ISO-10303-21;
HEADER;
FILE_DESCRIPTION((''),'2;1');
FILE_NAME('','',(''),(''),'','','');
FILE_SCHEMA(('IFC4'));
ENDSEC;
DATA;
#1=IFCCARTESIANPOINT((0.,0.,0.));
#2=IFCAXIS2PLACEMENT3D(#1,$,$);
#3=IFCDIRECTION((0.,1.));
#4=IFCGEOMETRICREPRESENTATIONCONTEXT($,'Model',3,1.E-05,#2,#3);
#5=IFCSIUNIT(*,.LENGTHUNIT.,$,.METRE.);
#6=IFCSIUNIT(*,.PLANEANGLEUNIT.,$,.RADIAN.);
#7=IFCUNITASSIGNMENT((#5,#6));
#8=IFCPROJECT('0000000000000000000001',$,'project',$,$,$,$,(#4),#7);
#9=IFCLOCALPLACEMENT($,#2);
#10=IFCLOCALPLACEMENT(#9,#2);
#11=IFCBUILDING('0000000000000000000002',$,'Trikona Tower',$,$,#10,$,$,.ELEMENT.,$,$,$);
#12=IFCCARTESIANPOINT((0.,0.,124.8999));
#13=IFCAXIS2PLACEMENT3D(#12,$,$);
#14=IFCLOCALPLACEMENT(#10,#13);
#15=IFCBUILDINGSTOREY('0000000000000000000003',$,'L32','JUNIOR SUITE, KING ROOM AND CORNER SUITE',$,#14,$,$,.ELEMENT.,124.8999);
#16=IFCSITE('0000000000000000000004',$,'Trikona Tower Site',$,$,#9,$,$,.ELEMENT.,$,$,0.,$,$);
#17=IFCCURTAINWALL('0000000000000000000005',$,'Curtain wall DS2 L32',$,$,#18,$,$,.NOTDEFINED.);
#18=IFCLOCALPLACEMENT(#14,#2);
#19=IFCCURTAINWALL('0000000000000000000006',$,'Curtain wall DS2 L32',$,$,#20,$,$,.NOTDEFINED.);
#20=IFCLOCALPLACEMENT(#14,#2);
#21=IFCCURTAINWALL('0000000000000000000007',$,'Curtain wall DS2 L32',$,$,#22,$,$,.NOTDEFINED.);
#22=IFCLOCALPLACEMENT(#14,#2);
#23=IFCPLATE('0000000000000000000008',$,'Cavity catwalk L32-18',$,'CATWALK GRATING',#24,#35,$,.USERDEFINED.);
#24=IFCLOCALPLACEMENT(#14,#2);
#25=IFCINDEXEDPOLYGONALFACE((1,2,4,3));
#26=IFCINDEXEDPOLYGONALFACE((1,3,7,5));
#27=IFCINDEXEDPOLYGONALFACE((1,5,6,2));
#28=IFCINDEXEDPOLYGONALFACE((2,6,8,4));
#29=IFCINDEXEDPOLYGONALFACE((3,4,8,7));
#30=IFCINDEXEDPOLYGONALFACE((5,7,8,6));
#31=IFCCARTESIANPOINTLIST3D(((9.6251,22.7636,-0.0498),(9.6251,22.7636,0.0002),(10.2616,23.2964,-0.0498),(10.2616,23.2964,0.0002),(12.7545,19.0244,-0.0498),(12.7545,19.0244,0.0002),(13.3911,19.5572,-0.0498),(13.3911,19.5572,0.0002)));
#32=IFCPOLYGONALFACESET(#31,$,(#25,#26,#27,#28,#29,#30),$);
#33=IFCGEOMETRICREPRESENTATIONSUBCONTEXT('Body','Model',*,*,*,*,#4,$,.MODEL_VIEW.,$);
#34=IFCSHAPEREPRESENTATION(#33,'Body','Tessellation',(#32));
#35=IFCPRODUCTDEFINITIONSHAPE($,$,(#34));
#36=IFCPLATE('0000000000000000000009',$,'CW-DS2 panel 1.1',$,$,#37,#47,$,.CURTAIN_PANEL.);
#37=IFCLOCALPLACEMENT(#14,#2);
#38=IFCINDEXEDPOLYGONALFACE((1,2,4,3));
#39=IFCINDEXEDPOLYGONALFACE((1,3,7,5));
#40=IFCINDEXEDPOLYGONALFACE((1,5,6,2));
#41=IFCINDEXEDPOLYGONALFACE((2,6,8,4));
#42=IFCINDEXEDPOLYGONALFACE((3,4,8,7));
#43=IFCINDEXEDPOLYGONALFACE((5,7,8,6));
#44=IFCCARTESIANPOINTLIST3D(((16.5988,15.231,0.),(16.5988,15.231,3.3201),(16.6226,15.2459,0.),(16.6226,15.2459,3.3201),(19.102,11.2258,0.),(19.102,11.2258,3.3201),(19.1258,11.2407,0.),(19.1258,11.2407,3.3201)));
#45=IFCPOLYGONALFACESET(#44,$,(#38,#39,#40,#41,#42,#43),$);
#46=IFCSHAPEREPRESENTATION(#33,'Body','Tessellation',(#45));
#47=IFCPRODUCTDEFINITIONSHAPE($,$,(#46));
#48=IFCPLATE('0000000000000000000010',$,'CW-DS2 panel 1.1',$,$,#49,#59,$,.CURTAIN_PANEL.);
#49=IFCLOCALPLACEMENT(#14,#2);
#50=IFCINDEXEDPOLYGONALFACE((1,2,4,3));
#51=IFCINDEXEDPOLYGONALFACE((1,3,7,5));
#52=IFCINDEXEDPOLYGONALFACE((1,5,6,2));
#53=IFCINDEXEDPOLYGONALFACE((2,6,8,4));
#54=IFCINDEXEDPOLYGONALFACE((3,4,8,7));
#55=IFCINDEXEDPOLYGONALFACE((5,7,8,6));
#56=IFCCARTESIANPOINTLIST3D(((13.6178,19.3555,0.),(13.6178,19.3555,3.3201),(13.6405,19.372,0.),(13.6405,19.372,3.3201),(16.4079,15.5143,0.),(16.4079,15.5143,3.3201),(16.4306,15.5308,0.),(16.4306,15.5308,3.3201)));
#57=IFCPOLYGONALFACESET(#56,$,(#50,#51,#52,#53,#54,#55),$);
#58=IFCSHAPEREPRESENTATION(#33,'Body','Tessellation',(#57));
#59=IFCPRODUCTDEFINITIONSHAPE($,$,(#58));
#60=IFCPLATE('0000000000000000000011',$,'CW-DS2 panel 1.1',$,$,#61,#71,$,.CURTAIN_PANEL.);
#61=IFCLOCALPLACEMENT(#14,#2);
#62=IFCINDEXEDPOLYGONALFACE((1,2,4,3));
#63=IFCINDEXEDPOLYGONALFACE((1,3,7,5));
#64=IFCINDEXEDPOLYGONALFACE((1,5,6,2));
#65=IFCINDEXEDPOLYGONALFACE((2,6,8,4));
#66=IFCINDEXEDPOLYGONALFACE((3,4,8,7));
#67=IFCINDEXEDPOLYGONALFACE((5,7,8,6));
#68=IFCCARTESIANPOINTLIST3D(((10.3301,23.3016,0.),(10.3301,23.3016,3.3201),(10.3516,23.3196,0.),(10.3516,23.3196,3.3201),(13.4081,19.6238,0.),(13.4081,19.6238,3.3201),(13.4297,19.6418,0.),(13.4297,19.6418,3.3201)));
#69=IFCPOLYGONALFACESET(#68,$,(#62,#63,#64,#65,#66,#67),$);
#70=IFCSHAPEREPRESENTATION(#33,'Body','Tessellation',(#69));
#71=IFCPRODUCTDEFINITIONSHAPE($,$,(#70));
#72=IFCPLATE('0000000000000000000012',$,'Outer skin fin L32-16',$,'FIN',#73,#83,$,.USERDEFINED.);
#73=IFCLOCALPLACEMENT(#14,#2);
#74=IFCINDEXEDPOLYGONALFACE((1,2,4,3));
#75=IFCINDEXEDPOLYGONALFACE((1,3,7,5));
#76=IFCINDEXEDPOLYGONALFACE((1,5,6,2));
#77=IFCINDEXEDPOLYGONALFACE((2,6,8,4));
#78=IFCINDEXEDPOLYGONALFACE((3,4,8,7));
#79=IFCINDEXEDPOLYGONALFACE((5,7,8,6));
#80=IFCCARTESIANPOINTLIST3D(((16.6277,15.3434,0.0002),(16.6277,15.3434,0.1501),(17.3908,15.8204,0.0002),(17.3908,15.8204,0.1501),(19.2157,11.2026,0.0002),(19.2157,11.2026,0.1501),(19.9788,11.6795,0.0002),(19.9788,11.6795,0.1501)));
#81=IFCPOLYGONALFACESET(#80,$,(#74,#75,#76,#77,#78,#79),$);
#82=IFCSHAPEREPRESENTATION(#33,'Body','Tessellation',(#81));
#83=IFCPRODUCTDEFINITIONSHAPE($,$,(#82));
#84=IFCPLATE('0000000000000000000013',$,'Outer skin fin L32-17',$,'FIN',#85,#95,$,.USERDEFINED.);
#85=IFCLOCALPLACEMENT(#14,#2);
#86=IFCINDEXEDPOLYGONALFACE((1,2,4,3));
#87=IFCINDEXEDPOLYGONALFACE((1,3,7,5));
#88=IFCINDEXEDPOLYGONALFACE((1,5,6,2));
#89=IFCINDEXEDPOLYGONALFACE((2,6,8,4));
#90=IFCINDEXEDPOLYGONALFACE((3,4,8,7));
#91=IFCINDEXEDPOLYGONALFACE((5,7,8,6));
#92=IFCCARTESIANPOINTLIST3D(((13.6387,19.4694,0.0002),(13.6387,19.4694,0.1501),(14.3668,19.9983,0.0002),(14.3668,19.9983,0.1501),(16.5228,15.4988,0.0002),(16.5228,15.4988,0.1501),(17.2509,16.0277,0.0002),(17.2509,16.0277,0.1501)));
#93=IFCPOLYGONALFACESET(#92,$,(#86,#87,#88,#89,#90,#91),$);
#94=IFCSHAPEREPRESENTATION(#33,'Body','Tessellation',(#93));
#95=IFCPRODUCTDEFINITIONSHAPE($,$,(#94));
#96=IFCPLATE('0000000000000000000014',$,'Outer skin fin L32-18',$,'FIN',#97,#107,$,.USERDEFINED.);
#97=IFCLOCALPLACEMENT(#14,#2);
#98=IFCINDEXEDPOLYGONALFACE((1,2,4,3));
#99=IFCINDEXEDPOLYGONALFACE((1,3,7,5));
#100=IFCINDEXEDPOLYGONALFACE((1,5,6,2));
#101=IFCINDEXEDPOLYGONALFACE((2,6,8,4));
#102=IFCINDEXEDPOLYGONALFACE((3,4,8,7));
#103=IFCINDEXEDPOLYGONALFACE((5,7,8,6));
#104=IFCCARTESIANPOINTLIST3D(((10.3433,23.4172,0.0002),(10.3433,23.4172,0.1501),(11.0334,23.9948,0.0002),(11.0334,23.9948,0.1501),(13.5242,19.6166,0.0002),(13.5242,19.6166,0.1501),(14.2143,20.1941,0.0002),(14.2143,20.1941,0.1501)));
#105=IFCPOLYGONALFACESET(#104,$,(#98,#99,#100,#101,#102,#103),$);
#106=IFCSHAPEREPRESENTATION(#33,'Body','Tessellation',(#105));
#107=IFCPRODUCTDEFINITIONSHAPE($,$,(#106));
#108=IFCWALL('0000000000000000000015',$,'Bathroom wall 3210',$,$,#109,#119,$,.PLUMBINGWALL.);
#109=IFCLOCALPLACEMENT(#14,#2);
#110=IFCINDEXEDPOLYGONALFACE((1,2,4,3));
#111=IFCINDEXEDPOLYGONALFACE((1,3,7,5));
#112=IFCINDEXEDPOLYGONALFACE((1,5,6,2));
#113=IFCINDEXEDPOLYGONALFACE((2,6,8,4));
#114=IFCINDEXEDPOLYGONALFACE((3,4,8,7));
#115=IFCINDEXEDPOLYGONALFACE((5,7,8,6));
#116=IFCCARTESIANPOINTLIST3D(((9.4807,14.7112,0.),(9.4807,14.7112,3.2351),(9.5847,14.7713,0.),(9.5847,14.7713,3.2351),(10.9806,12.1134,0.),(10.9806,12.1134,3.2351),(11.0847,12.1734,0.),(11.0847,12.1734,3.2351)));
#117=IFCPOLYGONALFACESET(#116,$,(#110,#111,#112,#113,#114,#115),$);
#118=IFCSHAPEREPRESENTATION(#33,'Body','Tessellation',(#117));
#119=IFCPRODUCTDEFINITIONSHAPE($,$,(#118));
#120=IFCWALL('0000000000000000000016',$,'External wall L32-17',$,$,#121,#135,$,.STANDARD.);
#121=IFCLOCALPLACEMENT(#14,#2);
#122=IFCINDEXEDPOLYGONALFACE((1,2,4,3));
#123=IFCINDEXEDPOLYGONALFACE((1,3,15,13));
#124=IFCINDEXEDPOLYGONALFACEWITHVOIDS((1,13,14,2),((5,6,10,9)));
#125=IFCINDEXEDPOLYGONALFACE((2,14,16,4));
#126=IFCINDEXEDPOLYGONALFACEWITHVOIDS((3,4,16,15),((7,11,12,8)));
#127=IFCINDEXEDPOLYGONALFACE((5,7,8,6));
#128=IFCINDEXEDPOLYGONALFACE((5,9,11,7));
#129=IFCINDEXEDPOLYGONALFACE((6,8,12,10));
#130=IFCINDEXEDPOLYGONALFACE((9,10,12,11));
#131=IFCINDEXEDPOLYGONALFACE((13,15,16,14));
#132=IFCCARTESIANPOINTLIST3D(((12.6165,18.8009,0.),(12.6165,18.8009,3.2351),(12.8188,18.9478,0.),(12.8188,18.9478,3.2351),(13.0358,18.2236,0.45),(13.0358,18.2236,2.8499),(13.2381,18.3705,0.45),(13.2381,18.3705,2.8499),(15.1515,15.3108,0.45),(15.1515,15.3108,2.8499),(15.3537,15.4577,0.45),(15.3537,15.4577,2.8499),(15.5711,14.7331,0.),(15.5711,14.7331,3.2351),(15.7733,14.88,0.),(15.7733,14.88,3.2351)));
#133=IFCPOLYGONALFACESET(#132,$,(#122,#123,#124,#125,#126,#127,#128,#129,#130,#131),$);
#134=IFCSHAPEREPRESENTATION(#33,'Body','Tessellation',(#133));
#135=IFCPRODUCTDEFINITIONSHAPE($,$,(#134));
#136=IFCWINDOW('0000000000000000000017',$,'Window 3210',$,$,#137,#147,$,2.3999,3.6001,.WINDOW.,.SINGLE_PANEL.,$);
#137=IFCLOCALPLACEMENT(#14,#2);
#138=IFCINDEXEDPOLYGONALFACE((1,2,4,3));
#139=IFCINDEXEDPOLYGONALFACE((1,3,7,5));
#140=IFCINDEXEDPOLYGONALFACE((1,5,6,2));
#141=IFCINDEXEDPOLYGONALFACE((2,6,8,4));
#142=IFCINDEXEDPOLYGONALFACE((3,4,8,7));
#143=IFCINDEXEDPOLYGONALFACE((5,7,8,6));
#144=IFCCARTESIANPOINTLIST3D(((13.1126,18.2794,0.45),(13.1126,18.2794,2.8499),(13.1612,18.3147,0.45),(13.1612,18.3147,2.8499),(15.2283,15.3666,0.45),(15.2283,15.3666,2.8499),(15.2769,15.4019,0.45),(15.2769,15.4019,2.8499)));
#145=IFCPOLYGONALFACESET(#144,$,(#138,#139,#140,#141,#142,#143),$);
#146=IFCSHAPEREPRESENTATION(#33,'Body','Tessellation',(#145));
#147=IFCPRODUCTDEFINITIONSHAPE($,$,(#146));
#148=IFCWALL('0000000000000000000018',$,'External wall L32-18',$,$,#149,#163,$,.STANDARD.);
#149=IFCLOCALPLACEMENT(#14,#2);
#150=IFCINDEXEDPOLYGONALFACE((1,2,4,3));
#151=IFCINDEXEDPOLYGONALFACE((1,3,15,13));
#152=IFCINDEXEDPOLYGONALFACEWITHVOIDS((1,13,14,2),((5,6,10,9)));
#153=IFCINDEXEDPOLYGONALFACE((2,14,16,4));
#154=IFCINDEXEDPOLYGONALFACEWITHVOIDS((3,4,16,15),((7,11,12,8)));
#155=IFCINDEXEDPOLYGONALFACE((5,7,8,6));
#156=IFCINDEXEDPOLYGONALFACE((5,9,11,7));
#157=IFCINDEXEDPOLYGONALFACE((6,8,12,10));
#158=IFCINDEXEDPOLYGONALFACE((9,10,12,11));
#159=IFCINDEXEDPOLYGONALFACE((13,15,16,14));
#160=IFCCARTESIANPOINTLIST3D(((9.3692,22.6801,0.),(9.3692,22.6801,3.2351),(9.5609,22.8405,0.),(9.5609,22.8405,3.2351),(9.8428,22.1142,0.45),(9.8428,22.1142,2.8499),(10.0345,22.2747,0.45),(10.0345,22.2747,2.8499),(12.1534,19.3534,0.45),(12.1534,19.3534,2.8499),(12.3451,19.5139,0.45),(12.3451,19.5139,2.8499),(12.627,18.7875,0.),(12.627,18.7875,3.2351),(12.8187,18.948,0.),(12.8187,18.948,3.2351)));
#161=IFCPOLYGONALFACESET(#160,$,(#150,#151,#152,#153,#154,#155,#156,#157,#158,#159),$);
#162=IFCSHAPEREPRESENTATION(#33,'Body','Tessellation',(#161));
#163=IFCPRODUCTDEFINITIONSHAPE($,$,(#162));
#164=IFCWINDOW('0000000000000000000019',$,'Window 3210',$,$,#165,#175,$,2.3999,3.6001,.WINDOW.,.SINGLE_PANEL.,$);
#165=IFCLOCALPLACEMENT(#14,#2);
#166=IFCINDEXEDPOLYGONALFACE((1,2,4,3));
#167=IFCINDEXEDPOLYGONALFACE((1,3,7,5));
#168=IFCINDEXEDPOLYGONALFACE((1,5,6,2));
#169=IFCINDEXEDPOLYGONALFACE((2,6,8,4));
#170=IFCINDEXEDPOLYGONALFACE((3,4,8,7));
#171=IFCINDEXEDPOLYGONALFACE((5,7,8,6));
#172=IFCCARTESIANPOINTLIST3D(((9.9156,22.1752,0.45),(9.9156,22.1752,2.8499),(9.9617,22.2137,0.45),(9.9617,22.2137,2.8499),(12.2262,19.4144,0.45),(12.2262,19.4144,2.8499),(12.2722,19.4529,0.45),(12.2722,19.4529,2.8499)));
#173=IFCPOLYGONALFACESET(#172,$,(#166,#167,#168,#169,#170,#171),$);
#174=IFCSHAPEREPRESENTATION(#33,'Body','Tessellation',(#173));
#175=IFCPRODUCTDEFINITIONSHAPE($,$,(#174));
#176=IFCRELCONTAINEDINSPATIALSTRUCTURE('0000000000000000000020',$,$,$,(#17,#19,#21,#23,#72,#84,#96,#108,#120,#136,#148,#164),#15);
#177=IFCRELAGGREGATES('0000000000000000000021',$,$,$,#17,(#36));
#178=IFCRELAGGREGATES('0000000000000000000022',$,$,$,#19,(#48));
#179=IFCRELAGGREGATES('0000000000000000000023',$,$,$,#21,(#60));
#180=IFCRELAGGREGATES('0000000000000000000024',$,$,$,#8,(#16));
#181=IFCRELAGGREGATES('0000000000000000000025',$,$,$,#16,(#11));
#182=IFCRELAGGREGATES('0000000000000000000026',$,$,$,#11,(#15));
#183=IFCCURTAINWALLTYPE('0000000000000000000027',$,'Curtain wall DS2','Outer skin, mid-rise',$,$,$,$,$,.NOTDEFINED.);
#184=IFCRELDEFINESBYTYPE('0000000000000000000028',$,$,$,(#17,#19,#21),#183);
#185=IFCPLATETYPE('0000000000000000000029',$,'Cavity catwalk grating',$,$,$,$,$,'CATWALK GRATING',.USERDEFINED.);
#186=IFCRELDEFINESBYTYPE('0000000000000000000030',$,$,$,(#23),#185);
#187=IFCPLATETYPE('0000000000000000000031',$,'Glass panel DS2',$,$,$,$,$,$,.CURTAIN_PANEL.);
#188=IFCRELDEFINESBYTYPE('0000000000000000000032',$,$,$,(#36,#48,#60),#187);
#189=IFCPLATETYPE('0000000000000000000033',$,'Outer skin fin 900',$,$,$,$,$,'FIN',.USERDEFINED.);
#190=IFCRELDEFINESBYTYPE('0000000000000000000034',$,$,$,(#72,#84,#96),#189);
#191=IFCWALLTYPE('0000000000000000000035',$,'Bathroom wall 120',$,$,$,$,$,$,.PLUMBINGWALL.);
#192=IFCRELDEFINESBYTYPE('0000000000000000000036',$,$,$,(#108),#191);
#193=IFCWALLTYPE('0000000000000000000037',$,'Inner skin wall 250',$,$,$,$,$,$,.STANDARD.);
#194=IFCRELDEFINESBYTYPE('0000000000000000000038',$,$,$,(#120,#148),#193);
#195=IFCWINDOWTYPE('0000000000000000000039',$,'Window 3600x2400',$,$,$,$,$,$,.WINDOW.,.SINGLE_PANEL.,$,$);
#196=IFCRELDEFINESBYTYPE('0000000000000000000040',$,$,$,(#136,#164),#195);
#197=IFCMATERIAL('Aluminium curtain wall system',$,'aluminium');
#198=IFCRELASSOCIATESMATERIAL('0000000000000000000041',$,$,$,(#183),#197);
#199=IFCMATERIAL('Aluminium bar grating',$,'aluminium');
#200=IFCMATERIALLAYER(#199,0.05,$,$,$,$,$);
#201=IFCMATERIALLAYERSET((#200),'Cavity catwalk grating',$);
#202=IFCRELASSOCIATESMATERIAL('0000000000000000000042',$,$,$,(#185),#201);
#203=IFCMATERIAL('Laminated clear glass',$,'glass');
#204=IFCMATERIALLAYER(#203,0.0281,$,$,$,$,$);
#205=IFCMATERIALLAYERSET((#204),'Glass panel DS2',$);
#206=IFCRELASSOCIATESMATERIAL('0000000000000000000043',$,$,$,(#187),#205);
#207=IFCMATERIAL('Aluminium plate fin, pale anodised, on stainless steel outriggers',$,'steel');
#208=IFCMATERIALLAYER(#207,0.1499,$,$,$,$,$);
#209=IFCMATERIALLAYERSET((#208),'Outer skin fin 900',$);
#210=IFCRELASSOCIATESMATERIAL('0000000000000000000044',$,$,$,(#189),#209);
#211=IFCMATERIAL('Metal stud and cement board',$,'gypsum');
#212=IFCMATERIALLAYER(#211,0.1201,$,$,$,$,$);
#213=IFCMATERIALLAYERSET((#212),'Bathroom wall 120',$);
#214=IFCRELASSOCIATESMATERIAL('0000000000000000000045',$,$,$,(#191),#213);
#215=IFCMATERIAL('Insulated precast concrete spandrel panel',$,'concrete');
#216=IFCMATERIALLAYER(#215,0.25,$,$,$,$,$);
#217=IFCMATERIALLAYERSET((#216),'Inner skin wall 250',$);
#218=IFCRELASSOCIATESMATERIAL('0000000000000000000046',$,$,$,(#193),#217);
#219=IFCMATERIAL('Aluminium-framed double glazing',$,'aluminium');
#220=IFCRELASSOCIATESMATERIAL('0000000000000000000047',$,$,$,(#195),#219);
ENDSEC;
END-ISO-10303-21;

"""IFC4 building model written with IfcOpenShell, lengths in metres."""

from ifc_helpers import new_model, si_unit, direction, frame, frame_2d, origin, origin_2d, place, context, subcontext, project, spatial, rectangle, extrude, material, layer, layer_set, type_object, element, fill, aggregate, save


model = new_model("IFC4")

# Units and contexts
model_context = context("Model", 3, precision=1e-05, world=origin(), true_north=direction((0.0, 1.0)))
body_context = subcontext(model_context, "Body", "Model", "MODEL_VIEW")
ifc_project = project(units=[si_unit("LENGTHUNIT", "METRE"), si_unit("PLANEANGLEUNIT", "RADIAN")], contexts=[model_context])

# Site, building, storey
site_placement = place(None, origin())
site = spatial("IfcSite", under=ifc_project, at=site_placement, Name="Trikona Tower Site", CompositionType="ELEMENT", RefElevation=0.0)
building_placement = place(site_placement, origin())
building = spatial("IfcBuilding", under=site, at=building_placement, Name="Trikona Tower", CompositionType="ELEMENT")
storey_placement = place(building_placement, frame((0.0, 0.0, 124.8999)))
storey = spatial("IfcBuildingStorey", under=building, at=storey_placement, Name="L32", Description="JUNIOR SUITE, KING ROOM AND CORNER SUITE", CompositionType="ELEMENT", Elevation=124.8999)

# Curtain walls
ifc_material_1 = material(Name="Aluminium curtain wall system", Category="aluminium")
curtain_wall_type = type_object("IfcCurtainWallType", Name="Curtain wall DS2", Description="Outer skin, mid-rise", PredefinedType="NOTDEFINED", material=ifc_material_1)
curtain_wall_1_placement = place(storey_placement, origin())
curtain_wall_1 = element("IfcCurtainWall", 1, at=curtain_wall_1_placement, inside=storey, type_object=curtain_wall_type, Name="Curtain wall DS2 L32", PredefinedType="NOTDEFINED")
curtain_wall_2_placement = place(storey_placement, origin())
curtain_wall_2 = element("IfcCurtainWall", 2, at=curtain_wall_2_placement, inside=storey, type_object=curtain_wall_type, Name="Curtain wall DS2 L32", PredefinedType="NOTDEFINED")

# Curtain wall
curtain_wall_3_placement = place(storey_placement, origin())
curtain_wall_3 = element("IfcCurtainWall", 3, at=curtain_wall_3_placement, inside=storey, type_object=curtain_wall_type, Name="Curtain wall DS2 L32", PredefinedType="NOTDEFINED")

# Plate
ifc_material_2 = material(Name="Aluminium bar grating", Category="aluminium")
ifc_layer_1 = layer(ifc_material_2, 0.05)
ifc_layer_set_1 = layer_set([ifc_layer_1], Name="Cavity catwalk grating")
plate_type_1 = type_object("IfcPlateType", Name="Cavity catwalk grating", ElementType="CATWALK GRATING", PredefinedType="USERDEFINED", material=ifc_layer_set_1)
plate_1_placement = place(storey_placement, frame((11.5081, 21.1604, -0.0498), z_axis=(0.0, 0.0, 1.0), x_axis=(-0.641807, 0.766866, 0.0)))
element("IfcPlate", 4, at=plate_1_placement, inside=storey, type_object=plate_type_1, Name="Cavity catwalk L32-18", ObjectType="CATWALK GRATING", PredefinedType="USERDEFINED", context=body_context, shape_type="SweptSolid", body=[
    extrude(rectangle(XDim=4.876, YDim=0.8301, at=origin_2d()), origin(), (0.0, 0.0, 1.0), 0.05),
])

# Plates
ifc_material_3 = material(Name="Laminated clear glass", Category="glass")
ifc_layer_2 = layer(ifc_material_3, 0.0281)
ifc_layer_set_2 = layer_set([ifc_layer_2], Name="Glass panel DS2")
plate_type_2 = type_object("IfcPlateType", Name="Glass panel DS2", PredefinedType="CURTAIN_PANEL", material=ifc_layer_set_2)
plate_2_placement = place(storey_placement, frame((17.8623, 13.2358, 0.0), z_axis=(0.0, 0.0, 1.0), x_axis=(-0.529999, 0.847998, 0.0)))
plate_2 = element("IfcPlate", 5, at=plate_2_placement, type_object=plate_type_2, Name="CW-DS2 panel 1.1", PredefinedType="CURTAIN_PANEL", context=body_context, shape_type="SweptSolid", body=[
    extrude(rectangle(XDim=4.7231, YDim=0.0281, at=origin_2d()), origin(), (0.0, 0.0, 1.0), 3.3201),
])
aggregate(curtain_wall_1, [plate_2])
plate_3_placement = place(storey_placement, frame((15.0242, 17.4431, 0.0), z_axis=(0.0, 0.0, 1.0), x_axis=(-0.587691, 0.809086, 0.0)))
plate_3 = element("IfcPlate", 6, at=plate_3_placement, type_object=plate_type_2, Name="CW-DS2 panel 1.1", PredefinedType="CURTAIN_PANEL", context=body_context, shape_type="SweptSolid", body=[
    extrude(rectangle(XDim=4.7476, YDim=0.0281, at=origin_2d()), origin(), (0.0, 0.0, 1.0), 3.3201),
])
aggregate(curtain_wall_2, [plate_3])
plate_4_placement = place(storey_placement, frame((11.8799, 21.4717, 0.0), z_axis=(0.0, 0.0, 1.0), x_axis=(-0.641806, 0.766867, 0.0)))
plate_4 = element("IfcPlate", 7, at=plate_4_placement, type_object=plate_type_2, Name="CW-DS2 panel 1.1", PredefinedType="CURTAIN_PANEL", context=body_context, shape_type="SweptSolid", body=[
    extrude(rectangle(XDim=4.7959, YDim=0.0281, at=origin_2d()), origin(), (0.0, 0.0, 1.0), 3.3201),
])
aggregate(curtain_wall_3, [plate_4])

# Plates
ifc_material_4 = material(Name="Aluminium plate fin, pale anodised, on stainless steel outriggers", Category="steel")
ifc_layer_3 = layer(ifc_material_4, 0.1499)
ifc_layer_set_3 = layer_set([ifc_layer_3], Name="Outer skin fin 900")
plate_type_3 = type_object("IfcPlateType", Name="Outer skin fin 900", ElementType="FIN", PredefinedType="USERDEFINED", material=ifc_layer_set_3)
plate_5_placement = place(storey_placement, frame((18.3032, 13.5115, 0.0002), z_axis=(0.0, 0.0, 1.0), x_axis=(-0.529995, 0.848001, 0.0)))
element("IfcPlate", 8, at=plate_5_placement, inside=storey, type_object=plate_type_3, Name="Outer skin fin L32-16", ObjectType="FIN", PredefinedType="USERDEFINED", context=body_context, shape_type="SweptSolid", body=[
    extrude(rectangle(XDim=4.8831, YDim=0.8999, at=origin_2d()), origin(), (0.0, 0.0, 1.0), 0.1499),
])
plate_6_placement = place(storey_placement, frame((15.4448, 17.7485, 0.0002), z_axis=(0.0, 0.0, 1.0), x_axis=(-0.587686, 0.809089, 0.0)))
element("IfcPlate", 9, at=plate_6_placement, inside=storey, type_object=plate_type_3, Name="Outer skin fin L32-17", ObjectType="FIN", PredefinedType="USERDEFINED", context=body_context, shape_type="SweptSolid", body=[
    extrude(rectangle(XDim=4.9075, YDim=0.8999, at=origin_2d()), origin(), (0.0, 0.0, 1.0), 0.1499),
])
plate_7_placement = place(storey_placement, frame((12.2788, 21.8057, 0.0002), z_axis=(0.0, 0.0, 1.0), x_axis=(-0.641807, 0.766866, 0.0)))
element("IfcPlate", 10, at=plate_7_placement, inside=storey, type_object=plate_type_3, Name="Outer skin fin L32-18", ObjectType="FIN", PredefinedType="USERDEFINED", context=body_context, shape_type="SweptSolid", body=[
    extrude(rectangle(XDim=4.9561, YDim=0.8999, at=origin_2d()), origin(), (0.0, 0.0, 1.0), 0.1499),
])

# Wall
ifc_material_5 = material(Name="Metal stud and cement board", Category="gypsum")
ifc_layer_4 = layer(ifc_material_5, 0.1201)
ifc_layer_set_4 = layer_set([ifc_layer_4], Name="Bathroom wall 120")
wall_type_1 = type_object("IfcWallType", Name="Bathroom wall 120", PredefinedType="PLUMBINGWALL", material=ifc_layer_set_4)
wall_1_placement = place(storey_placement, frame((11.0327, 12.1433, 0.0), z_axis=(0.0, 0.0, 1.0), x_axis=(-0.500025, 0.866011, 0.0)))
element("IfcWall", 11, at=wall_1_placement, inside=storey, type_object=wall_type_1, Name="Bathroom wall 3210", PredefinedType="PLUMBINGWALL", context=body_context, shape_type="SweptSolid", body=[
    extrude(rectangle(XDim=2.9998, YDim=0.1201, at=frame_2d((1.5, 0.0))), origin(), (0.0, 0.0, 1.0), 3.2351),
])

# Walls, openings, windows
ifc_material_6 = material(Name="Insulated precast concrete spandrel panel", Category="concrete")
ifc_layer_5 = layer(ifc_material_6, 0.25)
ifc_layer_set_5 = layer_set([ifc_layer_5], Name="Inner skin wall 250")
wall_type_2 = type_object("IfcWallType", Name="Inner skin wall 250", PredefinedType="STANDARD", material=ifc_layer_set_5)
wall_2_placement = place(storey_placement, frame((15.6721, 14.8066, 0.0), z_axis=(0.0, 0.0, 1.0), x_axis=(-0.587669, 0.809101, 0.0)))
wall_2 = element("IfcWall", 12, at=wall_2_placement, inside=storey, type_object=wall_type_2, Name="External wall L32-17", PredefinedType="STANDARD", context=body_context, shape_type="SweptSolid", body=[
    extrude(rectangle(XDim=5.0276, YDim=0.25, at=frame_2d((2.5137, 0.0))), origin(), (0.0, 0.0, 1.0), 3.2351),
])
opening_1_placement = place(wall_2_placement, frame((0.7139, 0.0, 0.45)))
opening_1 = element("IfcOpeningElement", 13, at=opening_1_placement, cuts=wall_2, PredefinedType="OPENING", context=body_context, shape_type="SweptSolid", body=[
    extrude(rectangle(XDim=3.6001, YDim=2.3999, at=frame_2d((1.8, 1.2))), frame((0.0, 0.135, 0.0), z_axis=(0.0, -1.0, 0.0), x_axis=(1.0, 0.0, 0.0)), (0.0, 0.0, 1.0), 0.27),
])
ifc_material_7 = material(Name="Aluminium-framed double glazing", Category="aluminium")
window_type = type_object("IfcWindowType", Name="Window 3600x2400", PartitioningType="SINGLE_PANEL", PredefinedType="WINDOW", material=ifc_material_7)
window_1_placement = place(opening_1_placement, origin())
window_1 = element("IfcWindow", 14, at=window_1_placement, inside=storey, type_object=window_type, Name="Window 3210", OverallHeight=2.3999, OverallWidth=3.6001, PartitioningType="SINGLE_PANEL", PredefinedType="WINDOW", context=body_context, shape_type="SweptSolid", body=[
    extrude(rectangle(XDim=3.6001, YDim=2.3999, at=frame_2d((1.8, 1.2))), frame((0.0, 0.03, 0.0), z_axis=(0.0, -1.0, 0.0), x_axis=(1.0, 0.0, 0.0)), (0.0, 0.0, 1.0), 0.0601),
])
fill(opening_1, window_1)
wall_3_placement = place(storey_placement, frame((12.7229, 18.8677, 0.0), z_axis=(0.0, 0.0, 1.0), x_axis=(-0.64181, 0.766863, 0.0)))
wall_3 = element("IfcWall", 15, at=wall_3_placement, inside=storey, type_object=wall_type_2, Name="External wall L32-18", PredefinedType="STANDARD", context=body_context, shape_type="SweptSolid", body=[
    extrude(rectangle(XDim=5.0759, YDim=0.25, at=frame_2d((2.5381, 0.0))), origin(), (0.0, 0.0, 1.0), 3.2351),
])
opening_2_placement = place(wall_3_placement, frame((0.738, 0.0, 0.45)))
opening_2 = element("IfcOpeningElement", 16, at=opening_2_placement, cuts=wall_3, PredefinedType="OPENING", context=body_context, shape_type="SweptSolid", body=[
    extrude(rectangle(XDim=3.6001, YDim=2.3999, at=frame_2d((1.8, 1.2))), frame((0.0, 0.135, 0.0), z_axis=(0.0, -1.0, 0.0), x_axis=(1.0, 0.0, 0.0)), (0.0, 0.0, 1.0), 0.27),
])
window_2_placement = place(opening_2_placement, origin())
window_2 = element("IfcWindow", 17, at=window_2_placement, inside=storey, type_object=window_type, Name="Window 3210", OverallHeight=2.3999, OverallWidth=3.6001, PartitioningType="SINGLE_PANEL", PredefinedType="WINDOW", context=body_context, shape_type="SweptSolid", body=[
    extrude(rectangle(XDim=3.6001, YDim=2.3999, at=frame_2d((1.8, 1.2))), frame((0.0, 0.03, 0.0), z_axis=(0.0, -1.0, 0.0), x_axis=(1.0, 0.0, 0.0)), (0.0, 0.0, 1.0), 0.0601),
])
fill(opening_2, window_2)

save(model, "model.ifc")
